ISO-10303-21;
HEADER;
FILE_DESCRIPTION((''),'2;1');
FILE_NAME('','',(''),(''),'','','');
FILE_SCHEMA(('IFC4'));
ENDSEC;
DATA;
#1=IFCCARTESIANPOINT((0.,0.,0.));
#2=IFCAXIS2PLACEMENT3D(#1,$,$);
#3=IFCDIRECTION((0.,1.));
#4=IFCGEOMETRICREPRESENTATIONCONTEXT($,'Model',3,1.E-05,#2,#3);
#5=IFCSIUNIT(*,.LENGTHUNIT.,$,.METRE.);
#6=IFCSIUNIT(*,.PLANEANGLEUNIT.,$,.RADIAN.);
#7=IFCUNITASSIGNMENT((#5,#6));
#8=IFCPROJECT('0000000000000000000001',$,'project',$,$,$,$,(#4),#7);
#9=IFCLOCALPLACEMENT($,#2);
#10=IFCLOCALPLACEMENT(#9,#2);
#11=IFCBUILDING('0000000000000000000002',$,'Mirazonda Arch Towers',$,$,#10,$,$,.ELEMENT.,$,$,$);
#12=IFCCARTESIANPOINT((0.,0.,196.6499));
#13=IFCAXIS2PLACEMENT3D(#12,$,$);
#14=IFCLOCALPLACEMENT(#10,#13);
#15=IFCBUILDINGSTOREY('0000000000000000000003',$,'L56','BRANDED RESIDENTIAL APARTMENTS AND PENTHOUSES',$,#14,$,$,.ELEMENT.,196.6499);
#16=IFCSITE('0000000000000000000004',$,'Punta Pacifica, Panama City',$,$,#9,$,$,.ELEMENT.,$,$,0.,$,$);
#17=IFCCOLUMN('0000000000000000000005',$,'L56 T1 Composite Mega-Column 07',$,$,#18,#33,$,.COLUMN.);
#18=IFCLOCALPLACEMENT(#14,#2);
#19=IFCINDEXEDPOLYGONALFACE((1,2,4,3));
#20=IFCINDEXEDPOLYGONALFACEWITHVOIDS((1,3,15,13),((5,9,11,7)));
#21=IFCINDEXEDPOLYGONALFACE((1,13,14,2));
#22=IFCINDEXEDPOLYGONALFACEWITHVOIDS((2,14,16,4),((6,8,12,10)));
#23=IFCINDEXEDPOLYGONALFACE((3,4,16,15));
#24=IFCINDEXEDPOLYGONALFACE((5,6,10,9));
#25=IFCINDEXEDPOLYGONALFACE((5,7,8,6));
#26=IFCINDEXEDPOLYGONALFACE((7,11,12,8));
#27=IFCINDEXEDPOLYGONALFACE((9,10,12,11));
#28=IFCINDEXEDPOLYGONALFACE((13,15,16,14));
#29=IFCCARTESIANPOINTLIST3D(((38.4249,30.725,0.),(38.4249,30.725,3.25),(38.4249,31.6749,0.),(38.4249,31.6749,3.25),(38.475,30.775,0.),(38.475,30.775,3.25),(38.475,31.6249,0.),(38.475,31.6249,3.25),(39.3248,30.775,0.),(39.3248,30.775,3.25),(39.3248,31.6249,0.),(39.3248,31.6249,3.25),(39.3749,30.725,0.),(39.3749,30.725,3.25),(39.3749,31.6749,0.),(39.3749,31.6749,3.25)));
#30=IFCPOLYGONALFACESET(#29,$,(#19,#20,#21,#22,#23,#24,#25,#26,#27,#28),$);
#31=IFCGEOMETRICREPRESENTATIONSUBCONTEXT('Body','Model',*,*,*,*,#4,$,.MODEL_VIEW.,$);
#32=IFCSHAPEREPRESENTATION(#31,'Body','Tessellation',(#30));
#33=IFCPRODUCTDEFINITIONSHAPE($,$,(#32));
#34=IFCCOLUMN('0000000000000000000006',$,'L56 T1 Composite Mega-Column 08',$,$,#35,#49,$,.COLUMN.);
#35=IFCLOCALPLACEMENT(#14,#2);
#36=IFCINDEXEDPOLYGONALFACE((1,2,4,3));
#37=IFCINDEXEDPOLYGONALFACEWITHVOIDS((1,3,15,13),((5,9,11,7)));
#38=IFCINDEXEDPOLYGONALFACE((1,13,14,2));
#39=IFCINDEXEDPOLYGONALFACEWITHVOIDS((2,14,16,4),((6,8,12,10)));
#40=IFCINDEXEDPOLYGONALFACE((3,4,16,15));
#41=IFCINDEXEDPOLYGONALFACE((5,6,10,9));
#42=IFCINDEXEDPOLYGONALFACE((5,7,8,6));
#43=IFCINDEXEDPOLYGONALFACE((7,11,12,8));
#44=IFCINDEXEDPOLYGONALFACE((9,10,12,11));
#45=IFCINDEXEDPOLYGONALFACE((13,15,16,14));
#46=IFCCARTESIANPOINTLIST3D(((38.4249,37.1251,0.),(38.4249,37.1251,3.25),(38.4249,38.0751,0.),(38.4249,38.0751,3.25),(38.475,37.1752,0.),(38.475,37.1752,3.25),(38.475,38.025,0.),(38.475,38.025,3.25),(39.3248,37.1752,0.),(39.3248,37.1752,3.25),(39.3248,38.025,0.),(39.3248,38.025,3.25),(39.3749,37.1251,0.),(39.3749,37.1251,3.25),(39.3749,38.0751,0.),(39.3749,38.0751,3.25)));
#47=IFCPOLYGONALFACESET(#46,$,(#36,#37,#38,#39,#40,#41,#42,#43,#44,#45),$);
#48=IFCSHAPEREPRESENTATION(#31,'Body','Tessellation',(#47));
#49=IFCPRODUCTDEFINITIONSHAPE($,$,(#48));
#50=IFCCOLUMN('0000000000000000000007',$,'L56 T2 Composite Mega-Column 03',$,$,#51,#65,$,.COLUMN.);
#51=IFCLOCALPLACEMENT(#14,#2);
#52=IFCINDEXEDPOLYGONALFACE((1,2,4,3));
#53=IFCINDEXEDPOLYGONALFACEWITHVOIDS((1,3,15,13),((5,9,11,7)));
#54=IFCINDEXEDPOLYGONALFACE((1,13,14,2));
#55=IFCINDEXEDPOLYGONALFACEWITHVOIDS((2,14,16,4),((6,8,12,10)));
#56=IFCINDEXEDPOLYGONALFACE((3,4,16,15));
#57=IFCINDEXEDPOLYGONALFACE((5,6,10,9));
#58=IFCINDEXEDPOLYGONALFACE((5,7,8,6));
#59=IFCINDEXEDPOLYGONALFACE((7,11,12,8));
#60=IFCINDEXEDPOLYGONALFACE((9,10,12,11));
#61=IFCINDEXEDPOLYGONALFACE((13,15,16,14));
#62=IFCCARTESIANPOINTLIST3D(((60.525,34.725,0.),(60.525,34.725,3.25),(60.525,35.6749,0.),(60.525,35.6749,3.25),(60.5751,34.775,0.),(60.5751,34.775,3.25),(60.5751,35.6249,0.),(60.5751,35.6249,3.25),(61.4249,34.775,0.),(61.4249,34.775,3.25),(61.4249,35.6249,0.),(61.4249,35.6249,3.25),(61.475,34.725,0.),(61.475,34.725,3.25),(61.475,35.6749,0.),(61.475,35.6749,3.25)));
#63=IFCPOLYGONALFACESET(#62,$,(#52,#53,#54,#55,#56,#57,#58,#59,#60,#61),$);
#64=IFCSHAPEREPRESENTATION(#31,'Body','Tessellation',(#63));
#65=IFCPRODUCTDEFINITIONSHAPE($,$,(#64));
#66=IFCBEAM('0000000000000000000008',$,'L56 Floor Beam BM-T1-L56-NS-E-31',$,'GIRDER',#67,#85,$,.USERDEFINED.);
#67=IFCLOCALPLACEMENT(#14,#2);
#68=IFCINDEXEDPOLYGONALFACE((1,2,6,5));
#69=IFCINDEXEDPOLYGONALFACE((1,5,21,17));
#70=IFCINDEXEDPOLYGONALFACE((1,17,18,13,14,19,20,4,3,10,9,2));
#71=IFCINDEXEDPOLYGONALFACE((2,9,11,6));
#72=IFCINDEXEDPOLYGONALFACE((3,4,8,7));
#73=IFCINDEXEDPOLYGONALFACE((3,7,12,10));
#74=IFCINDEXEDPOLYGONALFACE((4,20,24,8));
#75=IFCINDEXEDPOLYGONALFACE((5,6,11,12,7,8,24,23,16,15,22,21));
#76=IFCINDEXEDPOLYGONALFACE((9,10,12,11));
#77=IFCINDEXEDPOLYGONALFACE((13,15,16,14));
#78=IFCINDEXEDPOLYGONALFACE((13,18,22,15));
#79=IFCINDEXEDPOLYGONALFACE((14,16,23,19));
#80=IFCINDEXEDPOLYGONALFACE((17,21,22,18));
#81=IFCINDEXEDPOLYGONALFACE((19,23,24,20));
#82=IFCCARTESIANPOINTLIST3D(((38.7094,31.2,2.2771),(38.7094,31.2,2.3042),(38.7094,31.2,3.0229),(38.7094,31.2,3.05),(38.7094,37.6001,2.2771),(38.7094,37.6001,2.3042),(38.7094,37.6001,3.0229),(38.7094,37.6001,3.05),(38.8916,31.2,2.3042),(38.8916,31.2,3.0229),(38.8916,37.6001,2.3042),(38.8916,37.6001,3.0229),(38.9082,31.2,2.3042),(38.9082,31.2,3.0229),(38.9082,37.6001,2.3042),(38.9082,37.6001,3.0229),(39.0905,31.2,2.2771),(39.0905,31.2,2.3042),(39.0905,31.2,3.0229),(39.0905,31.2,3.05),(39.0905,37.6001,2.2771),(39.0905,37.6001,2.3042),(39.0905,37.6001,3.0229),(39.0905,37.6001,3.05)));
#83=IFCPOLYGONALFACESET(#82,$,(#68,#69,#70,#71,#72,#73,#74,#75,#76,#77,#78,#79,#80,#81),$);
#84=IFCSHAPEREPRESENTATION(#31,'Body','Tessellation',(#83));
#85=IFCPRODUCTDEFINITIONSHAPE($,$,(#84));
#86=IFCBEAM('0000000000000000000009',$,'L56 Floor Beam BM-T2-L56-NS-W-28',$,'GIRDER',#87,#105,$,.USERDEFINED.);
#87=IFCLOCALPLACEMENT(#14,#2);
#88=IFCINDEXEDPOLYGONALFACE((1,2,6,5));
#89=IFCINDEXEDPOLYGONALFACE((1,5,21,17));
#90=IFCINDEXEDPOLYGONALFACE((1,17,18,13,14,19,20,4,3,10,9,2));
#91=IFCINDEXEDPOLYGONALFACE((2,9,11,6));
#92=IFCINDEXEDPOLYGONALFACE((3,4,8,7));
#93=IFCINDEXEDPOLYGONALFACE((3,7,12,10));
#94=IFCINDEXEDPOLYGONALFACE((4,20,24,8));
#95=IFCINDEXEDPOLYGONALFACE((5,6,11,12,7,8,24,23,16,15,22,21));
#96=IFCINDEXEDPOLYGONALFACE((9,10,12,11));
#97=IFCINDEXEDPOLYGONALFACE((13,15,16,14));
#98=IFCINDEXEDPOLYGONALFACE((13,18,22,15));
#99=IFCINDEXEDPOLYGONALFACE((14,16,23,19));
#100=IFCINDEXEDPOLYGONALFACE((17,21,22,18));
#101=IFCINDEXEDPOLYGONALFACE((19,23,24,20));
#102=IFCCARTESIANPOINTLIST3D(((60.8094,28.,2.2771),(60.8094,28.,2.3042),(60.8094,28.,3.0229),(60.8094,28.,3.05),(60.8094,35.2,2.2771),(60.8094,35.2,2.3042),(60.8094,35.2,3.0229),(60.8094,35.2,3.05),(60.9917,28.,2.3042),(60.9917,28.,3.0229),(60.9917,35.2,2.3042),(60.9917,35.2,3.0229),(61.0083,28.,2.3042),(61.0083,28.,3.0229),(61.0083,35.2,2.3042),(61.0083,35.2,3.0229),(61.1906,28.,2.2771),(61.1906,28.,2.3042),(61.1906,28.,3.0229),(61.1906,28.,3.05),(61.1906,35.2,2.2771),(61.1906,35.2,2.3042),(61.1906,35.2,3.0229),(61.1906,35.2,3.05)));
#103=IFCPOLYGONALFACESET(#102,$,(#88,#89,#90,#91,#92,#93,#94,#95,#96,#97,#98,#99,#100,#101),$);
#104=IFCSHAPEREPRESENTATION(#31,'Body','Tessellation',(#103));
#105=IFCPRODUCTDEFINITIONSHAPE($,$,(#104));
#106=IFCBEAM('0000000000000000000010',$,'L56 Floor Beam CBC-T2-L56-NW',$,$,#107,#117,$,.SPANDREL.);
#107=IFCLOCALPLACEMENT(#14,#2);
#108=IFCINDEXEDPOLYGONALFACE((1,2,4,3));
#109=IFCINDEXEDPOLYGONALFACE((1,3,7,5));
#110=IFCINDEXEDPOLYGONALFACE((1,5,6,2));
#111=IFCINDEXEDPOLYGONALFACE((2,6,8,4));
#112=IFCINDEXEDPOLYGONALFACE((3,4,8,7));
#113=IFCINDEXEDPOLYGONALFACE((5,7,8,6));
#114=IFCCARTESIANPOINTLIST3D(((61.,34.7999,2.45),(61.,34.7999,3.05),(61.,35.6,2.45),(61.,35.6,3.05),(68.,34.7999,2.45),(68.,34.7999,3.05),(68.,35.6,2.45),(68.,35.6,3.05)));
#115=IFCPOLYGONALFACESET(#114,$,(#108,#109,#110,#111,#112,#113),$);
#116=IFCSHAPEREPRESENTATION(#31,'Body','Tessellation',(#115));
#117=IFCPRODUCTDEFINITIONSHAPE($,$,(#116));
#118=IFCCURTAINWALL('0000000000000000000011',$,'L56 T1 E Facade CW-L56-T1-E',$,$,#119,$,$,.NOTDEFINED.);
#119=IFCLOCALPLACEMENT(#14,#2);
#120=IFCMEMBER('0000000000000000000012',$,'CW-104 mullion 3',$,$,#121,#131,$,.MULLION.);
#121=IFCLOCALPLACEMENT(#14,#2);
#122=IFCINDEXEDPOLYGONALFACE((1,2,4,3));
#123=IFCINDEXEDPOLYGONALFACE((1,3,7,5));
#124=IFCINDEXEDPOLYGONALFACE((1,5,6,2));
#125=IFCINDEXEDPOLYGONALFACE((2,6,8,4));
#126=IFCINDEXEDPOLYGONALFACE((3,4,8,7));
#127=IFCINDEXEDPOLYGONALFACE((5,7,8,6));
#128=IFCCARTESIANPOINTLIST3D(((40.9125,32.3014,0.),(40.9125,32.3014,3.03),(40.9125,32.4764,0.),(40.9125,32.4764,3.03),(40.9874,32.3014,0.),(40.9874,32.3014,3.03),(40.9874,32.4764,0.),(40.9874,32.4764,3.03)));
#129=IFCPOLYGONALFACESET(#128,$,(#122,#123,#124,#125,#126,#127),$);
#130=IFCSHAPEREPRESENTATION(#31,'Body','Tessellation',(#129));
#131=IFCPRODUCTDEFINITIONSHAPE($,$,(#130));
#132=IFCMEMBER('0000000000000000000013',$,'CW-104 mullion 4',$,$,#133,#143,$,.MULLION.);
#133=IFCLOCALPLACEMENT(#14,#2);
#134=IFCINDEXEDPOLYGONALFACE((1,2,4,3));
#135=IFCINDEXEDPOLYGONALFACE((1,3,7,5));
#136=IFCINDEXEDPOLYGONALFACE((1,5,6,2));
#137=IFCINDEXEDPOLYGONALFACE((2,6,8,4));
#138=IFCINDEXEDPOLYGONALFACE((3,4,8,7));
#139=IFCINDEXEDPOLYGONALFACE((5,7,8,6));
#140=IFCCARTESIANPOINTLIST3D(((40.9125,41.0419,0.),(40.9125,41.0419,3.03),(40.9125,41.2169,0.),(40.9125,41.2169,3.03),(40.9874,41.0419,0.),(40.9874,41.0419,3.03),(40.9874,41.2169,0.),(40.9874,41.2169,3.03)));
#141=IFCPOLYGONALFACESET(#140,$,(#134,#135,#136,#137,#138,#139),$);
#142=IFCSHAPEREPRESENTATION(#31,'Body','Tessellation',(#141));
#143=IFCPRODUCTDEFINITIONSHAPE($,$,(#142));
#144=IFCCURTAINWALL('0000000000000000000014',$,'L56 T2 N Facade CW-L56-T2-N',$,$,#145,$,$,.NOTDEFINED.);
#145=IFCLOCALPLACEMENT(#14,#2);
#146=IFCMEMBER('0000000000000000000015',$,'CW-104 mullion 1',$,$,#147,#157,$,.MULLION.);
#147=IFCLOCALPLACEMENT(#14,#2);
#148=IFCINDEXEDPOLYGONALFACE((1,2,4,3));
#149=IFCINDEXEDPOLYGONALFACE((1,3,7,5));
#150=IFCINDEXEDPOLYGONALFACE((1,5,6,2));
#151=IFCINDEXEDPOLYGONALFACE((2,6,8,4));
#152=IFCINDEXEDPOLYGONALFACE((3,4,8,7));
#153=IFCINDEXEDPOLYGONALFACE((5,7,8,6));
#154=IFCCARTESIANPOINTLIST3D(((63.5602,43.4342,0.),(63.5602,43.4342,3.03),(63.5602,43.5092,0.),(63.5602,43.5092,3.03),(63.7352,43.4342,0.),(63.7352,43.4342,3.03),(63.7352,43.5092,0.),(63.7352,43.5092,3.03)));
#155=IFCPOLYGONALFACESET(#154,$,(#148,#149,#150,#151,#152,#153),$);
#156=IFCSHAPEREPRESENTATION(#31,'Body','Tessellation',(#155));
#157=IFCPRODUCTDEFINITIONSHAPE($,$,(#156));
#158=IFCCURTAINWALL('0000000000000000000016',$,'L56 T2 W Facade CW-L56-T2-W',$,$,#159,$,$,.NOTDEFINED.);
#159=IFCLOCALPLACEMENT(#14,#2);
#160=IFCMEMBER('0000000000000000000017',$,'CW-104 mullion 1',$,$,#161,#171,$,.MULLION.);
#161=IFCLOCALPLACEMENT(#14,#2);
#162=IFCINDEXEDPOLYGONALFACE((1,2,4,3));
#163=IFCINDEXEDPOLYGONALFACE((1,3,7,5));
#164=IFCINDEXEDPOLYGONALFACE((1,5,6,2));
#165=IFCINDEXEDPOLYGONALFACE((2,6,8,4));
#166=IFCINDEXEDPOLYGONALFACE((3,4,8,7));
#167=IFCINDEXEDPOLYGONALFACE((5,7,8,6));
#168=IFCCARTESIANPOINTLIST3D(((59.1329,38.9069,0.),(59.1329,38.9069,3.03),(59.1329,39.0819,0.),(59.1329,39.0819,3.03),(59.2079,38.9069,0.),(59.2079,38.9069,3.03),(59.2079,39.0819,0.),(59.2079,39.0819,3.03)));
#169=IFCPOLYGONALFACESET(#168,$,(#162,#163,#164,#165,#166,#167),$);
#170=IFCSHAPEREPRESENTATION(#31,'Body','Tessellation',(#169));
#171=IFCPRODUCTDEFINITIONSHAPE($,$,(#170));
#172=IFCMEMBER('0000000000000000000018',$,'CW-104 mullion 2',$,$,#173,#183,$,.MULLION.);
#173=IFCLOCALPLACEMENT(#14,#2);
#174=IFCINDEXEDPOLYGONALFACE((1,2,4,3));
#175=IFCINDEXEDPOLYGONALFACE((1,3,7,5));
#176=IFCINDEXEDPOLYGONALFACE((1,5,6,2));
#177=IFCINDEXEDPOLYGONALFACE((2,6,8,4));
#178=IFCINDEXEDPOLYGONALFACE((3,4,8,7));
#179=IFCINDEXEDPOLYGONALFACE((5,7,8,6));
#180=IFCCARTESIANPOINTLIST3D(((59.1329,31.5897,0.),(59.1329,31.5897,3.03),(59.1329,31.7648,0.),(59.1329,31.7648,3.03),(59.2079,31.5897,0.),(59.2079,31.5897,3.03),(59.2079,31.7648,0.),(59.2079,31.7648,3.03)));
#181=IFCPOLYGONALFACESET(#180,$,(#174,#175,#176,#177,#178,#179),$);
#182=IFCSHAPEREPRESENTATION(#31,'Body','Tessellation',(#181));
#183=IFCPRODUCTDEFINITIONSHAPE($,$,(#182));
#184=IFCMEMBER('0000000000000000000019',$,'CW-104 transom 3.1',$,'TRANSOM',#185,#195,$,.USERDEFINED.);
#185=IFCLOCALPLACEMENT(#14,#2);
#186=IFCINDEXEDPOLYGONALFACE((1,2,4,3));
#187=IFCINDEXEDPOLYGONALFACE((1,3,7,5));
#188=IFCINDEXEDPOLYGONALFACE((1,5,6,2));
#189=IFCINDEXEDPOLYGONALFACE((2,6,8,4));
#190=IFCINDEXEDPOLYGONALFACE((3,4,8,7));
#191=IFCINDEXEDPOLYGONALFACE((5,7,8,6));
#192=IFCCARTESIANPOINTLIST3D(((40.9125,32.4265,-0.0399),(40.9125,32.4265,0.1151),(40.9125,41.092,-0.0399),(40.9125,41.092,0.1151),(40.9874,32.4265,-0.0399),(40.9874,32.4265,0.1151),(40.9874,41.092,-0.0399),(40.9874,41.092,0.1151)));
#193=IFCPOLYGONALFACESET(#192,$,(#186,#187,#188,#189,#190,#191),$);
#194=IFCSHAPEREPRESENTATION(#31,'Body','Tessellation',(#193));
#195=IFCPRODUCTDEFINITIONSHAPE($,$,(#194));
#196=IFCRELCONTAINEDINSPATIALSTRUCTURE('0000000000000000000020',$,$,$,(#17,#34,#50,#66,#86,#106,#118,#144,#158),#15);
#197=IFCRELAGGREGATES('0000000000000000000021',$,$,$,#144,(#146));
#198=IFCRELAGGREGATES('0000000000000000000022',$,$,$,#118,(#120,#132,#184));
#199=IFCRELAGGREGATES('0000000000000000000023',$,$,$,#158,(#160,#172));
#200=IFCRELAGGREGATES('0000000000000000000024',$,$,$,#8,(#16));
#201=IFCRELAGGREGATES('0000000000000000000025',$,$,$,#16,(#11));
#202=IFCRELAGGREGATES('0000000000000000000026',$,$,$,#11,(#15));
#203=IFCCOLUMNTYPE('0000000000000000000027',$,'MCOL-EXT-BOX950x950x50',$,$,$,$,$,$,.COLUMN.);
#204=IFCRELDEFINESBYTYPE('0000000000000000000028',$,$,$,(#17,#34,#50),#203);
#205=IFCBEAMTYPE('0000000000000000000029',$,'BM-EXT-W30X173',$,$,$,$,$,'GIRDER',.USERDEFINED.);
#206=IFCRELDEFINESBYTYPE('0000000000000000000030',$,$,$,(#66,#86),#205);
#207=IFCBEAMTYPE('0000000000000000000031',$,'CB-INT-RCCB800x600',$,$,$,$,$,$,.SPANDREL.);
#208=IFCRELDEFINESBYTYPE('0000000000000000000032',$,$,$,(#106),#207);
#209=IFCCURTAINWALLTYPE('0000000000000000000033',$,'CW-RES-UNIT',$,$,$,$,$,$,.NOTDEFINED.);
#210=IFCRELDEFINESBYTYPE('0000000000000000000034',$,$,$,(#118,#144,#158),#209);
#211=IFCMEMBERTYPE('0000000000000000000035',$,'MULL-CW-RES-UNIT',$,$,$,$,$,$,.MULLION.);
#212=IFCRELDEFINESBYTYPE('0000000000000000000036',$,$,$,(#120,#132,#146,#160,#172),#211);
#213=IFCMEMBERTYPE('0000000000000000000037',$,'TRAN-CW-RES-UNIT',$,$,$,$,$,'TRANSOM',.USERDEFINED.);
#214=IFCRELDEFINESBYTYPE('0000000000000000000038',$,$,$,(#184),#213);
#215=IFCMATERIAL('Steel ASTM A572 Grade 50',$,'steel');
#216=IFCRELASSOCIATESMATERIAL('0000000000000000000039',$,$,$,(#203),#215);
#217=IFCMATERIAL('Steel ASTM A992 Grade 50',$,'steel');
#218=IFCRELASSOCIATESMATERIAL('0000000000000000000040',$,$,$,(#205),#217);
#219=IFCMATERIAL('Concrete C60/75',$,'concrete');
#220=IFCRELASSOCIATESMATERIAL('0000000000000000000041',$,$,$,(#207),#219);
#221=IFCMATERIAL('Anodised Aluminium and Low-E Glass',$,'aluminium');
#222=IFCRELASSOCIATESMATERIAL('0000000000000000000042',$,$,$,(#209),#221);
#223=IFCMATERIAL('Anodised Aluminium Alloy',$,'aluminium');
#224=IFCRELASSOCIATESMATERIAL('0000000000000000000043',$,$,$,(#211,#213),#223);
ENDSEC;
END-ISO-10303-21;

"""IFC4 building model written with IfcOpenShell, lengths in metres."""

from ifc_helpers import new_model, si_unit, direction, frame, origin, origin_2d, place, context, subcontext, project, spatial, rectangle, hollow_rectangle, i_section, extrude, material, material_profile, profile_set, type_object, element, aggregate, save


model = new_model("IFC4")

# Units and contexts
model_context = context("Model", 3, precision=1e-05, world=origin(), true_north=direction((0.0, 1.0)))
body_context = subcontext(model_context, "Body", "Model", "MODEL_VIEW")
ifc_project = project(units=[si_unit("LENGTHUNIT", "METRE"), si_unit("PLANEANGLEUNIT", "RADIAN")], contexts=[model_context])

# Site, building, storey
site_placement = place(None, origin())
site = spatial("IfcSite", under=ifc_project, at=site_placement, Name="Punta Pacifica, Panama City", CompositionType="ELEMENT", RefElevation=0.0)
building_placement = place(site_placement, origin())
building = spatial("IfcBuilding", under=site, at=building_placement, Name="Mirazonda Arch Towers", CompositionType="ELEMENT")
storey_placement = place(building_placement, frame((0.0, 0.0, 196.6499)))
storey = spatial("IfcBuildingStorey", under=building, at=storey_placement, Name="L56", Description="BRANDED RESIDENTIAL APARTMENTS AND PENTHOUSES", CompositionType="ELEMENT", Elevation=196.6499)

# Columns
ifc_material_1 = material(Name="Steel ASTM A572 Grade 50", Category="steel")
ifc_material_profile_1 = material_profile(ifc_material_1, hollow_rectangle(XDim=0.95, YDim=0.95, WallThickness=0.05, at=origin_2d()), Name="BOX950x950x50")
ifc_profile_set_1 = profile_set([ifc_material_profile_1], Name="Steel ASTM A572 Grade 50")
column_type = type_object("IfcColumnType", Name="MCOL-EXT-BOX950x950x50", PredefinedType="COLUMN", material=ifc_profile_set_1)
for number, where, z_axis, x_axis, name in (
    (1, (38.8999, 31.2, 0.0), (0.0, 0.0, 1.0), (1.0, 0.0, 0.0), "L56 T1 Composite Mega-Column 07"),
    (2, (38.8999, 37.6001, 0.0), (0.0, 0.0, 1.0), (1.0, 0.0, 0.0), "L56 T1 Composite Mega-Column 08"),
    (3, (61.0, 35.2, 0.0), (0.0, 0.0, 1.0), (1.0, 0.0, 0.0), "L56 T2 Composite Mega-Column 03"),
):
    element("IfcColumn", number, at=place(storey_placement, frame(where, z_axis=z_axis, x_axis=x_axis)), inside=storey, type_object=column_type, Name=name, PredefinedType="COLUMN", context=body_context, shape_type="SweptSolid", body=[
        extrude(hollow_rectangle(XDim=0.95, YDim=0.95, WallThickness=0.05, at=origin_2d()), origin(), (0.0, 0.0, 1.0), 3.25),
    ])

# Beams
ifc_material_2 = material(Name="Steel ASTM A992 Grade 50", Category="steel")
ifc_material_profile_2 = material_profile(ifc_material_2, i_section(OverallWidth=0.3811, OverallDepth=0.7729, WebThickness=0.0166, FlangeThickness=0.0271, at=origin_2d()), Name="W30X173")
ifc_profile_set_2 = profile_set([ifc_material_profile_2], Name="Steel ASTM A992 Grade 50")
beam_type_1 = type_object("IfcBeamType", Name="BM-EXT-W30X173", ElementType="GIRDER", PredefinedType="USERDEFINED", material=ifc_profile_set_2)
beam_1_placement = place(storey_placement, frame((38.8999, 31.2, 2.6636), z_axis=(0.0, 1.0, 0.0), x_axis=(-1.0, 0.0, 0.0)))
element("IfcBeam", 4, at=beam_1_placement, inside=storey, type_object=beam_type_1, Name="L56 Floor Beam BM-T1-L56-NS-E-31", ObjectType="GIRDER", PredefinedType="USERDEFINED", context=body_context, shape_type="SweptSolid", body=[
    extrude(i_section(OverallWidth=0.3811, OverallDepth=0.7729, WebThickness=0.0166, FlangeThickness=0.0271, at=origin_2d()), origin(), (0.0, 0.0, 1.0), 6.4001),
])
beam_2_placement = place(storey_placement, frame((61.0, 28.0, 2.6636), z_axis=(0.0, 1.0, 0.0), x_axis=(-1.0, 0.0, 0.0)))
element("IfcBeam", 5, at=beam_2_placement, inside=storey, type_object=beam_type_1, Name="L56 Floor Beam BM-T2-L56-NS-W-28", ObjectType="GIRDER", PredefinedType="USERDEFINED", context=body_context, shape_type="SweptSolid", body=[
    extrude(i_section(OverallWidth=0.3811, OverallDepth=0.7729, WebThickness=0.0166, FlangeThickness=0.0271, at=origin_2d()), origin(), (0.0, 0.0, 1.0), 7.2),
])
ifc_material_3 = material(Name="Concrete C60/75", Category="concrete")
ifc_material_profile_3 = material_profile(ifc_material_3, rectangle(XDim=0.8, YDim=0.6001, at=origin_2d()), Name="RCCB800x600")
ifc_profile_set_3 = profile_set([ifc_material_profile_3], Name="Concrete C60/75")
beam_type_2 = type_object("IfcBeamType", Name="CB-INT-RCCB800x600", PredefinedType="SPANDREL", material=ifc_profile_set_3)
beam_3_placement = place(storey_placement, frame((61.0, 35.2, 2.75), z_axis=(1.0, 0.0, 0.0), x_axis=(0.0, 1.0, 0.0)))
element("IfcBeam", 6, at=beam_3_placement, inside=storey, type_object=beam_type_2, Name="L56 Floor Beam CBC-T2-L56-NW", PredefinedType="SPANDREL", context=body_context, shape_type="SweptSolid", body=[
    extrude(rectangle(XDim=0.8, YDim=0.6001, at=origin_2d()), origin(), (0.0, 0.0, 1.0), 7.0),
])

# Curtain wall, members
ifc_material_4 = material(Name="Anodised Aluminium and Low-E Glass", Category="aluminium")
curtain_wall_type = type_object("IfcCurtainWallType", Name="CW-RES-UNIT", PredefinedType="NOTDEFINED", material=ifc_material_4)
curtain_wall_1_placement = place(storey_placement, origin())
curtain_wall_1 = element("IfcCurtainWall", 7, at=curtain_wall_1_placement, inside=storey, type_object=curtain_wall_type, Name="L56 T1 E Facade CW-L56-T1-E", PredefinedType="NOTDEFINED")
ifc_material_5 = material(Name="Anodised Aluminium Alloy", Category="aluminium")
ifc_material_profile_4 = material_profile(ifc_material_5, rectangle(XDim=0.075, YDim=0.175, at=origin_2d()), Name="ALU-MULL-75x175")
ifc_profile_set_4 = profile_set([ifc_material_profile_4], Name="Anodised Aluminium Alloy")
member_type_1 = type_object("IfcMemberType", Name="MULL-CW-RES-UNIT", PredefinedType="MULLION", material=ifc_profile_set_4)
member_1_placement = place(storey_placement, frame((40.95, 32.3889, 0.0), z_axis=(0.0, 0.0, 1.0), x_axis=(-1.0, 0.0, 0.0)))
member_1 = element("IfcMember", 8, at=member_1_placement, type_object=member_type_1, Name="CW-104 mullion 3", PredefinedType="MULLION", context=body_context, shape_type="SweptSolid", body=[
    extrude(rectangle(XDim=0.075, YDim=0.175, at=origin_2d()), origin(), (0.0, 0.0, 1.0), 3.03),
])
member_2_placement = place(storey_placement, frame((40.95, 41.1294, 0.0), z_axis=(0.0, 0.0, 1.0), x_axis=(-1.0, 0.0, 0.0)))
member_2 = element("IfcMember", 9, at=member_2_placement, type_object=member_type_1, Name="CW-104 mullion 4", PredefinedType="MULLION", context=body_context, shape_type="SweptSolid", body=[
    extrude(rectangle(XDim=0.075, YDim=0.175, at=origin_2d()), origin(), (0.0, 0.0, 1.0), 3.03),
])

# Curtain wall, member
curtain_wall_2_placement = place(storey_placement, origin())
curtain_wall_2 = element("IfcCurtainWall", 10, at=curtain_wall_2_placement, inside=storey, type_object=curtain_wall_type, Name="L56 T2 N Facade CW-L56-T2-N", PredefinedType="NOTDEFINED")
member_3_placement = place(storey_placement, frame((63.6477, 43.4717, 0.0), z_axis=(0.0, 0.0, 1.0), x_axis=(0.0, 1.0, 0.0)))
member_3 = element("IfcMember", 11, at=member_3_placement, type_object=member_type_1, Name="CW-104 mullion 1", PredefinedType="MULLION", context=body_context, shape_type="SweptSolid", body=[
    extrude(rectangle(XDim=0.075, YDim=0.175, at=origin_2d()), origin(), (0.0, 0.0, 1.0), 3.03),
])

# Curtain wall, members
curtain_wall_3_placement = place(storey_placement, origin())
curtain_wall_3 = element("IfcCurtainWall", 12, at=curtain_wall_3_placement, inside=storey, type_object=curtain_wall_type, Name="L56 T2 W Facade CW-L56-T2-W", PredefinedType="NOTDEFINED")
member_4_placement = place(storey_placement, frame((59.1704, 38.9944, 0.0), z_axis=(0.0, 0.0, 1.0), x_axis=(1.0, 0.0, 0.0)))
member_4 = element("IfcMember", 13, at=member_4_placement, type_object=member_type_1, Name="CW-104 mullion 1", PredefinedType="MULLION", context=body_context, shape_type="SweptSolid", body=[
    extrude(rectangle(XDim=0.075, YDim=0.175, at=origin_2d()), origin(), (0.0, 0.0, 1.0), 3.03),
])
member_5_placement = place(storey_placement, frame((59.1704, 31.6772, 0.0), z_axis=(0.0, 0.0, 1.0), x_axis=(1.0, 0.0, 0.0)))
member_5 = element("IfcMember", 14, at=member_5_placement, type_object=member_type_1, Name="CW-104 mullion 2", PredefinedType="MULLION", context=body_context, shape_type="SweptSolid", body=[
    extrude(rectangle(XDim=0.075, YDim=0.175, at=origin_2d()), origin(), (0.0, 0.0, 1.0), 3.03),
])

# Member
ifc_material_profile_5 = material_profile(ifc_material_5, rectangle(XDim=0.075, YDim=0.155, at=origin_2d()), Name="ALU-TRAN-75x155")
ifc_profile_set_5 = profile_set([ifc_material_profile_5], Name="Anodised Aluminium Alloy")
member_type_2 = type_object("IfcMemberType", Name="TRAN-CW-RES-UNIT", ElementType="TRANSOM", PredefinedType="USERDEFINED", material=ifc_profile_set_5)
member_6_placement = place(storey_placement, frame((40.95, 32.4265, 0.0376), z_axis=(0.0, 1.0, 0.0), x_axis=(-1.0, 0.0, 0.0)))
member_6 = element("IfcMember", 15, at=member_6_placement, type_object=member_type_2, Name="CW-104 transom 3.1", ObjectType="TRANSOM", PredefinedType="USERDEFINED", context=body_context, shape_type="SweptSolid", body=[
    extrude(rectangle(XDim=0.075, YDim=0.155, at=origin_2d()), origin(), (0.0, 0.0, 1.0), 8.6655),
])
aggregate(curtain_wall_2, [member_3])

aggregate(curtain_wall_1, [member_1, member_2, member_6])
aggregate(curtain_wall_3, [member_4, member_5])

save(model, "model.ifc")
